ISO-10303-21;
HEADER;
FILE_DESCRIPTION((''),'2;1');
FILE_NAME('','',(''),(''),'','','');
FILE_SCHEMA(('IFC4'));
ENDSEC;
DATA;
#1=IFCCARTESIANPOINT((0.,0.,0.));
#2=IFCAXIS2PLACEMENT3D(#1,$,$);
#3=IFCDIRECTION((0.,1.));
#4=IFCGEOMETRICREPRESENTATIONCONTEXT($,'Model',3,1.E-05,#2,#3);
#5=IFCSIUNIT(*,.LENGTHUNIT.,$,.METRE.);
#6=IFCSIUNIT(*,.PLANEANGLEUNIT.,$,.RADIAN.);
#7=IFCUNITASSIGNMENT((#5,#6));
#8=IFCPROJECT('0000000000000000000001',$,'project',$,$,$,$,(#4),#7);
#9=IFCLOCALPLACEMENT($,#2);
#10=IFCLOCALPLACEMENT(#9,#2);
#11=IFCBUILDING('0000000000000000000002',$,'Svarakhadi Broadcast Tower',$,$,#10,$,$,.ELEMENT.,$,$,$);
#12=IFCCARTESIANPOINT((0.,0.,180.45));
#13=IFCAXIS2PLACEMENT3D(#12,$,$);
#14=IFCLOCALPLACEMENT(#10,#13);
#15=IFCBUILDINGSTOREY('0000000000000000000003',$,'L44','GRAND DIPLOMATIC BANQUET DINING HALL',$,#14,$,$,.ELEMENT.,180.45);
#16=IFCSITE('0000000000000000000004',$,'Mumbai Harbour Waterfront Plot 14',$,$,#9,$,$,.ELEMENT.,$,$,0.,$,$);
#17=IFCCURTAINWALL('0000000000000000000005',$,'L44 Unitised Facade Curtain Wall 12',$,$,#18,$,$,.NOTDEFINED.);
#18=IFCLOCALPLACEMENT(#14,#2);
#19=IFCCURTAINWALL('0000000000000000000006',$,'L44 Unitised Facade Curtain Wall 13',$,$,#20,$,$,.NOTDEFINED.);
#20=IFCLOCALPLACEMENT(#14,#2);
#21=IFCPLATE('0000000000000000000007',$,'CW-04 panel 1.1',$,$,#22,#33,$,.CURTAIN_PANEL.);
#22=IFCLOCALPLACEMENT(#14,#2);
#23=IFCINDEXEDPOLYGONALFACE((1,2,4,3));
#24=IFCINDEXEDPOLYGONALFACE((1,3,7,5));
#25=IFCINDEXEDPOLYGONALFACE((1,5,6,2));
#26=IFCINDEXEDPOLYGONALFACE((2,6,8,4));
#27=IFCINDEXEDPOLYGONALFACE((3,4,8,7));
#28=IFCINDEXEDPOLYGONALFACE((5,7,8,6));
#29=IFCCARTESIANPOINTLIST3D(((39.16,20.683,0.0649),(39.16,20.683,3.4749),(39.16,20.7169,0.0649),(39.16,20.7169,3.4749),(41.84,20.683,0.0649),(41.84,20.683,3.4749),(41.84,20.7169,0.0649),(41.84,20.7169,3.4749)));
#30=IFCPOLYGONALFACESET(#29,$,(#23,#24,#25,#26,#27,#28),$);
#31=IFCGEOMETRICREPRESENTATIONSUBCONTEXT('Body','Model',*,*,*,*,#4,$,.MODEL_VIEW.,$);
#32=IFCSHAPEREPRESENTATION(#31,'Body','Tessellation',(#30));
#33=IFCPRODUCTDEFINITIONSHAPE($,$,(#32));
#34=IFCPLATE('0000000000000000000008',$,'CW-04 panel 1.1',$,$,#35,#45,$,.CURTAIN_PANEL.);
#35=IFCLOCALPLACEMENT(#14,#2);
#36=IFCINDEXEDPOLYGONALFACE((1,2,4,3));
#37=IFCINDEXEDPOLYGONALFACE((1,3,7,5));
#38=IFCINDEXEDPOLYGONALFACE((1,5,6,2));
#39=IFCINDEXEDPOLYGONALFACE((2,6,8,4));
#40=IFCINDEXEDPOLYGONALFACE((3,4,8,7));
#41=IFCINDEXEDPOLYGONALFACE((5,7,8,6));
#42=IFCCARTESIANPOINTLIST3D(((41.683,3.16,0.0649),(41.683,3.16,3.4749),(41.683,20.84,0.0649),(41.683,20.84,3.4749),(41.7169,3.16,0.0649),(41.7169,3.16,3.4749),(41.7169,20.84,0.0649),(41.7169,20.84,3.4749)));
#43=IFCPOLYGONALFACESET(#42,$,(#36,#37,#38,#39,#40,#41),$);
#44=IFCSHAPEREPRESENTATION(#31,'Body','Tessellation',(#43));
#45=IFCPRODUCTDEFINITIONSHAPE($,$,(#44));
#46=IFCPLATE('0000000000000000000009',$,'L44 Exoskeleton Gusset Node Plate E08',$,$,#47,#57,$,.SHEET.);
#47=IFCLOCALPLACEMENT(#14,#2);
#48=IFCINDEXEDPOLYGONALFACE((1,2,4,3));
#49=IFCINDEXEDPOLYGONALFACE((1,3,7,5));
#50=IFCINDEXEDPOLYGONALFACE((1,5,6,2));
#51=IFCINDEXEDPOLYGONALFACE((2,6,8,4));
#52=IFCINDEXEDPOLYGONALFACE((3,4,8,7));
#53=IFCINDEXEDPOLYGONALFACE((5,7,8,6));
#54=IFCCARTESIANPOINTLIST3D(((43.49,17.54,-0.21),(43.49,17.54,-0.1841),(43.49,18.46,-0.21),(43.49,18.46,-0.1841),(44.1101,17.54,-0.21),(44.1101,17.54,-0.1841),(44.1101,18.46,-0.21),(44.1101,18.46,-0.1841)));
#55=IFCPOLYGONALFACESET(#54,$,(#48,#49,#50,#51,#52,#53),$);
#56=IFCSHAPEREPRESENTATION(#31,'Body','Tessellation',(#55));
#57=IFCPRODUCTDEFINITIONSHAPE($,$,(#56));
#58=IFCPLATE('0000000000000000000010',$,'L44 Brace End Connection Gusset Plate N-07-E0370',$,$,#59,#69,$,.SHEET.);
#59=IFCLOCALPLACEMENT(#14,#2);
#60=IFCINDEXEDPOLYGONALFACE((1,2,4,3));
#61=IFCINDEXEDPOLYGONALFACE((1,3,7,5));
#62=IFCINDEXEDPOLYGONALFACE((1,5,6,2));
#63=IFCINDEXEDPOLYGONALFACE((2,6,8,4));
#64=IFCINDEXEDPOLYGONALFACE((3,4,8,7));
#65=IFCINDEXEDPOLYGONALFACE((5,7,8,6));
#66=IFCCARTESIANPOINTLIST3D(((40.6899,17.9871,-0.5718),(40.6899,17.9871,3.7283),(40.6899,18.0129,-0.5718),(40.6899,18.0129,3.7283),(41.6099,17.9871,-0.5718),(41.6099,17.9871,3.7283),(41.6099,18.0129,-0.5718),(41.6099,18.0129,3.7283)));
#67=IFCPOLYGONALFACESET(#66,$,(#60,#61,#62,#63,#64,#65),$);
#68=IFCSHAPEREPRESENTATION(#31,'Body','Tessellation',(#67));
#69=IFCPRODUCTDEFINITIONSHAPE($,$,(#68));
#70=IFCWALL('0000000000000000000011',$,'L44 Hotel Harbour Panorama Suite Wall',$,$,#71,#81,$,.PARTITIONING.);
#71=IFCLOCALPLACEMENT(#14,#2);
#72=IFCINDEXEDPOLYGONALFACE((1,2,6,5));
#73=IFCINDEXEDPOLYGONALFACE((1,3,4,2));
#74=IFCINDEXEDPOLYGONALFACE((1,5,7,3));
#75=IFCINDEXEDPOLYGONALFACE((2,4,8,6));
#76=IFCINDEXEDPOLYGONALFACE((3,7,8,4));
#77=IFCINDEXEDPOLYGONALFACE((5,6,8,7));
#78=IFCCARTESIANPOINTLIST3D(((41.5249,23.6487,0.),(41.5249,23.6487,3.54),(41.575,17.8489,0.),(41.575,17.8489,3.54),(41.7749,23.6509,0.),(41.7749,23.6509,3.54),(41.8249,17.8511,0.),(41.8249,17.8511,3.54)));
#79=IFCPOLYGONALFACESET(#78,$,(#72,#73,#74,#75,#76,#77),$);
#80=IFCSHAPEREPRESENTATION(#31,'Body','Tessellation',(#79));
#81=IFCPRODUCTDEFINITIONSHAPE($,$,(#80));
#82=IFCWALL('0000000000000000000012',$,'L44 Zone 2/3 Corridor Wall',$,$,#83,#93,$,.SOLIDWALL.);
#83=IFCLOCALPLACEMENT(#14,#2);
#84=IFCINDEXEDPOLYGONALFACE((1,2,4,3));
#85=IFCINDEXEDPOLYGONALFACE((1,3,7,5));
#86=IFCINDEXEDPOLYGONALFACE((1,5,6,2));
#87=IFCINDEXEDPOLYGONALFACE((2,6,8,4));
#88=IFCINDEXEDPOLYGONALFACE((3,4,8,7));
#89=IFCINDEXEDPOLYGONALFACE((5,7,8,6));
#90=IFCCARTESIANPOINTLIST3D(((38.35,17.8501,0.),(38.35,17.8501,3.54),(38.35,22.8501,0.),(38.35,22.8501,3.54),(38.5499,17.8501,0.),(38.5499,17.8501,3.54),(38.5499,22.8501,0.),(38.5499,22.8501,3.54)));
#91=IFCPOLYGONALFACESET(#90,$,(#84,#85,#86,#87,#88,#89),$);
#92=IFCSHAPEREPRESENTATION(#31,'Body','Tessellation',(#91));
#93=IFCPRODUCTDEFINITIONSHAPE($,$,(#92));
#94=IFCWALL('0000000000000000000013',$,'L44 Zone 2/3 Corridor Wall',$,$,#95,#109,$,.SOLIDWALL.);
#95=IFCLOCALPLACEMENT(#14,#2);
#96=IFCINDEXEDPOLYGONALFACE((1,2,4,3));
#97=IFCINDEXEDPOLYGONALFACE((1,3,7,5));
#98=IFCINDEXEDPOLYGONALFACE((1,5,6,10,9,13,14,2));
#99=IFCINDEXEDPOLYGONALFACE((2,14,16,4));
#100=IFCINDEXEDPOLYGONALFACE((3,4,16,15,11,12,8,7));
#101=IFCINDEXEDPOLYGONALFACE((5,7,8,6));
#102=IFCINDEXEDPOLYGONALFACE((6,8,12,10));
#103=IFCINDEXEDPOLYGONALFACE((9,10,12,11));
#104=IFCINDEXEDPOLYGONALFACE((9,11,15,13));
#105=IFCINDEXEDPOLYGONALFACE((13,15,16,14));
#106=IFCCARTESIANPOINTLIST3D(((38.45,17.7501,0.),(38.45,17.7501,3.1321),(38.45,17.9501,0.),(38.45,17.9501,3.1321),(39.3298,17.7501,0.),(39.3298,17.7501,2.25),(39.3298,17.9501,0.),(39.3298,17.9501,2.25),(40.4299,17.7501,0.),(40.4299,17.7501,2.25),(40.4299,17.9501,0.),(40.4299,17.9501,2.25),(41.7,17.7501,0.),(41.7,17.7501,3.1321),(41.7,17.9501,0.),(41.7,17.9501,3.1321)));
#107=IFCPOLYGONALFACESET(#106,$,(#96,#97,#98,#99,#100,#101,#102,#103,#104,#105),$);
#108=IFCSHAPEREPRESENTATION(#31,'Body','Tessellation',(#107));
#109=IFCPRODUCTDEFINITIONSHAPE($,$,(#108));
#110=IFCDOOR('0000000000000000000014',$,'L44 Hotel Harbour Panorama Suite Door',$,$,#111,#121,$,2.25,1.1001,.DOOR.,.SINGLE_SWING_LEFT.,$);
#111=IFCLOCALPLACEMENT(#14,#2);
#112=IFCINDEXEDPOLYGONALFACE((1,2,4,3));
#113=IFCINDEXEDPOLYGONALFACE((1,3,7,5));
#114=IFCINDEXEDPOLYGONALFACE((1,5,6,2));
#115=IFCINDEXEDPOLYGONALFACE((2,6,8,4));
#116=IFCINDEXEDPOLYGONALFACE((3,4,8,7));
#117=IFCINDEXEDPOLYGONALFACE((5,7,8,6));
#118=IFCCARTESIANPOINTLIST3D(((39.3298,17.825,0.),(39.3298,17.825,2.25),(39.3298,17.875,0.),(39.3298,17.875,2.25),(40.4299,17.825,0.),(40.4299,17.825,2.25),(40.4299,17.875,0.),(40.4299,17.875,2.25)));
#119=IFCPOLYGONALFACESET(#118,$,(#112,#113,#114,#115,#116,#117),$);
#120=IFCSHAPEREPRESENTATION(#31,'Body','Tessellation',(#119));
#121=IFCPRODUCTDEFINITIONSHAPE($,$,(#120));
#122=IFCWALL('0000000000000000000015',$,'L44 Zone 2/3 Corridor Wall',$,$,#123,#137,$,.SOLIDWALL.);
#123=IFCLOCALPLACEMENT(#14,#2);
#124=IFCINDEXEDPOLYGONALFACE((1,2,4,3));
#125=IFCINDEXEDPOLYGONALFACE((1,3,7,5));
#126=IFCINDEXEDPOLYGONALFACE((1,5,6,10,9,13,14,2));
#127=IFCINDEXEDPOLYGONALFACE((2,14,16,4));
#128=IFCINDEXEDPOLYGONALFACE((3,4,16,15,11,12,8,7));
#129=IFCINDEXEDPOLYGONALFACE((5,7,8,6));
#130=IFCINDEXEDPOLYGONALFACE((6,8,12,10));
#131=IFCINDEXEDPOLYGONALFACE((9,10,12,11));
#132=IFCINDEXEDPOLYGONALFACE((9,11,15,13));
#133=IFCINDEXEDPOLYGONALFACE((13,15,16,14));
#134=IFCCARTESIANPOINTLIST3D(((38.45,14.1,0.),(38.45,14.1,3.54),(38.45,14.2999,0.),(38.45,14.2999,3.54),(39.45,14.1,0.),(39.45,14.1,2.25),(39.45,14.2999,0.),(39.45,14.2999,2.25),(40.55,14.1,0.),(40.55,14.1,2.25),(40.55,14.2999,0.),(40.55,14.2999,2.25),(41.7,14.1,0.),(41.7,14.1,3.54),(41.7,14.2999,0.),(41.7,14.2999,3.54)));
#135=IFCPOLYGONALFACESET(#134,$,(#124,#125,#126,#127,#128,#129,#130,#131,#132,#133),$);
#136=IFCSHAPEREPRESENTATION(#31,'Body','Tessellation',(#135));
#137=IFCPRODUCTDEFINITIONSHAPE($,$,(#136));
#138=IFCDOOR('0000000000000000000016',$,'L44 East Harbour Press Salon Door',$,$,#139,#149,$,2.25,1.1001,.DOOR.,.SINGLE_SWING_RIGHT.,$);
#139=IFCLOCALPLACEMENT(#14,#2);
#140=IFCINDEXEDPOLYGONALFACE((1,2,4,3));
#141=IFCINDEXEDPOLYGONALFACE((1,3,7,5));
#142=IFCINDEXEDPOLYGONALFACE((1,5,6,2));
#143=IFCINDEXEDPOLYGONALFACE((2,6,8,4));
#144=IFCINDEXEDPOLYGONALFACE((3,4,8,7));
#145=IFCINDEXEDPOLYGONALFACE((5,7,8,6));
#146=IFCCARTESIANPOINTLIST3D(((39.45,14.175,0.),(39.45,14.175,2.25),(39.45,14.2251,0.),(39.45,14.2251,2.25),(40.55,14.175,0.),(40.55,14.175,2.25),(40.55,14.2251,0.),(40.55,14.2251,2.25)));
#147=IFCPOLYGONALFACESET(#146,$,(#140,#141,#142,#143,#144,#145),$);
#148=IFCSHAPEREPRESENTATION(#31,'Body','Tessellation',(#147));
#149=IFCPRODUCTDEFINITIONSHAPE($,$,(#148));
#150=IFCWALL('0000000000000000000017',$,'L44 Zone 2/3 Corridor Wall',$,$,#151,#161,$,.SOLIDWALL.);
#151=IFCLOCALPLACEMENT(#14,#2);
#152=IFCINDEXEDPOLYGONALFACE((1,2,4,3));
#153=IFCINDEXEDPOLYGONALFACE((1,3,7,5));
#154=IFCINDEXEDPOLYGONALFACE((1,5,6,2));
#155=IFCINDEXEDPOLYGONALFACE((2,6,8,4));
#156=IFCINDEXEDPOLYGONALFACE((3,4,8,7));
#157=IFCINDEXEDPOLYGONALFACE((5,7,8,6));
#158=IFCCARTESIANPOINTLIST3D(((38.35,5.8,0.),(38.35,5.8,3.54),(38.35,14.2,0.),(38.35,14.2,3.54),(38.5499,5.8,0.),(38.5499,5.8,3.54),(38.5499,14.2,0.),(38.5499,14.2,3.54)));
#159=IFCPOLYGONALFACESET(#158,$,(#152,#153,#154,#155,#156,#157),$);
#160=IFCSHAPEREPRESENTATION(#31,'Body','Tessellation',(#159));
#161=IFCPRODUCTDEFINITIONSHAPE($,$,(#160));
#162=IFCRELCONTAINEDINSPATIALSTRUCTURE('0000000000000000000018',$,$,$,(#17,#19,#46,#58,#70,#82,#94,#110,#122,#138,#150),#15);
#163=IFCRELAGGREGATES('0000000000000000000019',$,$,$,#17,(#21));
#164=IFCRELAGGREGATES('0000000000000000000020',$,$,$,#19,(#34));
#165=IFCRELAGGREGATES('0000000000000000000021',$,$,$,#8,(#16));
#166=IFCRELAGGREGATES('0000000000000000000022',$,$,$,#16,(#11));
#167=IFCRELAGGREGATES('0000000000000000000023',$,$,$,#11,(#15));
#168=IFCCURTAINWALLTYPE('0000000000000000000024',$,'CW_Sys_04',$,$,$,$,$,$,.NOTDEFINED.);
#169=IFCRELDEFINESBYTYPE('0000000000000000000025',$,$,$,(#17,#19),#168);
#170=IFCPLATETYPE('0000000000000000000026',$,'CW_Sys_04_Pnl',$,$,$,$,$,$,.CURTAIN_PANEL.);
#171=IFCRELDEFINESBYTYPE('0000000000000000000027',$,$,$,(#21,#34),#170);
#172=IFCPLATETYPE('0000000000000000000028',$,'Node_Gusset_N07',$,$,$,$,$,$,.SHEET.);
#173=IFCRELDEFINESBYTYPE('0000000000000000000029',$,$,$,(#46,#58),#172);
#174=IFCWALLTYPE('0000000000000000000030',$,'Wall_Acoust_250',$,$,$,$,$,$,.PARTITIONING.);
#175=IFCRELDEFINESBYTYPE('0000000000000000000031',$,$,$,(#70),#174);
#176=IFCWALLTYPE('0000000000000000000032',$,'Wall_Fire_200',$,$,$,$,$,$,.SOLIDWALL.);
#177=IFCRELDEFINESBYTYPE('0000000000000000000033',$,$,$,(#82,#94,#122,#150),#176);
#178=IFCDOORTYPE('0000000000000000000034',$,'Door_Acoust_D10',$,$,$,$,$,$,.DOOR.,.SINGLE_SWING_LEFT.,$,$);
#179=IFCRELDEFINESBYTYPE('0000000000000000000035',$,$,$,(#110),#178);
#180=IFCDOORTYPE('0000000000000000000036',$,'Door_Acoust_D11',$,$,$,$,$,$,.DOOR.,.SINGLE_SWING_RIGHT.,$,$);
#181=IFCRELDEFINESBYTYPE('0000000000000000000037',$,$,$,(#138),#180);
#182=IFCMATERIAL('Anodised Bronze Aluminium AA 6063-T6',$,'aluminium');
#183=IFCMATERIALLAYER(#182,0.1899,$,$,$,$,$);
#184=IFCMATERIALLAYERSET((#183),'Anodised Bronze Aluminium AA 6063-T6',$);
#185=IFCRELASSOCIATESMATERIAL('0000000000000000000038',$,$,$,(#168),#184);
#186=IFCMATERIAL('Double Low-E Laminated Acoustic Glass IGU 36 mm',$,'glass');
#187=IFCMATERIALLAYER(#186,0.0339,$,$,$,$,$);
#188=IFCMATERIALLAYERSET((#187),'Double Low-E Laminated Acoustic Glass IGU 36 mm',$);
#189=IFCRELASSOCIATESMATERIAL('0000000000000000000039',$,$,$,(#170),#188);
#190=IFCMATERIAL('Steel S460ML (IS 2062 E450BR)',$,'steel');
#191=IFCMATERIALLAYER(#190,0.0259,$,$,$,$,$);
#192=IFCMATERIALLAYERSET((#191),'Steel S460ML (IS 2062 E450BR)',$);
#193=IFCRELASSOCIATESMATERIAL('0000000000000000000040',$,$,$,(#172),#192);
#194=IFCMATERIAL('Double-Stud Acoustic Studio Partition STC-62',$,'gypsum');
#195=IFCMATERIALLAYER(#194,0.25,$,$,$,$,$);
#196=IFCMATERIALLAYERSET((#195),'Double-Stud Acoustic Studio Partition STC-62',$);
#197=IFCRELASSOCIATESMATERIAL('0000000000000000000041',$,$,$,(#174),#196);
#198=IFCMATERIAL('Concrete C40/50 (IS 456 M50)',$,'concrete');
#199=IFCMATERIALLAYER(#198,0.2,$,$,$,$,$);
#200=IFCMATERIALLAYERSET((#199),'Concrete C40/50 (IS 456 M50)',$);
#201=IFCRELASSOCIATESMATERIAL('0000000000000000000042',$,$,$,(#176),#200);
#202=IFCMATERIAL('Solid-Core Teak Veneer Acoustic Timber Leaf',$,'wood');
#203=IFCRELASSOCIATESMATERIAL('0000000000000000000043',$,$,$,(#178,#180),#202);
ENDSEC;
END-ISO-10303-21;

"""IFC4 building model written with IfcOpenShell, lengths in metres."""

from ifc_helpers import new_model, si_unit, direction, frame, frame_2d, origin, origin_2d, place, context, subcontext, project, spatial, rectangle, extrude, material, layer, layer_set, type_object, element, fill, aggregate, save


model = new_model("IFC4")

# Units and contexts
model_context = context("Model", 3, precision=1e-05, world=origin(), true_north=direction((0.0, 1.0)))
body_context = subcontext(model_context, "Body", "Model", "MODEL_VIEW")
ifc_project = project(units=[si_unit("LENGTHUNIT", "METRE"), si_unit("PLANEANGLEUNIT", "RADIAN")], contexts=[model_context])

# Site, building, storey
site_placement = place(None, origin())
site = spatial("IfcSite", under=ifc_project, at=site_placement, Name="Mumbai Harbour Waterfront Plot 14", CompositionType="ELEMENT", RefElevation=0.0)
building_placement = place(site_placement, origin())
building = spatial("IfcBuilding", under=site, at=building_placement, Name="Svarakhadi Broadcast Tower", CompositionType="ELEMENT")
storey_placement = place(building_placement, frame((0.0, 0.0, 180.45)))
storey = spatial("IfcBuildingStorey", under=building, at=storey_placement, Name="L44", Description="GRAND DIPLOMATIC BANQUET DINING HALL", CompositionType="ELEMENT", Elevation=180.45)

# Shared definitions
ifc_material_1 = material(Name="Steel S460ML (IS 2062 E450BR)", Category="steel")

# Shared definitions
ifc_material_2 = material(Name="Anodised Bronze Aluminium AA 6063-T6", Category="aluminium")
ifc_layer_1 = layer(ifc_material_2, 0.1899)
ifc_layer_set_1 = layer_set([ifc_layer_1], Name="Anodised Bronze Aluminium AA 6063-T6")
curtain_wall_type = type_object("IfcCurtainWallType", Name="CW_Sys_04", PredefinedType="NOTDEFINED", material=ifc_layer_set_1)

# Curtain wall
curtain_wall_1_placement = place(storey_placement, origin())
curtain_wall_1 = element("IfcCurtainWall", 1, at=curtain_wall_1_placement, inside=storey, type_object=curtain_wall_type, Name="L44 Unitised Facade Curtain Wall 12", PredefinedType="NOTDEFINED")

# Curtain wall
curtain_wall_2_placement = place(storey_placement, origin())
curtain_wall_2 = element("IfcCurtainWall", 2, at=curtain_wall_2_placement, inside=storey, type_object=curtain_wall_type, Name="L44 Unitised Facade Curtain Wall 13", PredefinedType="NOTDEFINED")

# Plates
ifc_material_3 = material(Name="Double Low-E Laminated Acoustic Glass IGU 36 mm", Category="glass")
ifc_layer_2 = layer(ifc_material_3, 0.0339)
ifc_layer_set_2 = layer_set([ifc_layer_2], Name="Double Low-E Laminated Acoustic Glass IGU 36 mm")
plate_type_1 = type_object("IfcPlateType", Name="CW_Sys_04_Pnl", PredefinedType="CURTAIN_PANEL", material=ifc_layer_set_2)
plate_1_placement = place(storey_placement, frame((40.5, 20.7, 0.0649), z_axis=(0.0, 0.0, 1.0), x_axis=(1.0, 0.0, 0.0)))
plate_1 = element("IfcPlate", 3, at=plate_1_placement, type_object=plate_type_1, Name="CW-04 panel 1.1", PredefinedType="CURTAIN_PANEL", context=body_context, shape_type="SweptSolid", body=[
    extrude(rectangle(XDim=2.6799, YDim=0.0339, at=origin_2d()), origin(), (0.0, 0.0, 1.0), 3.4099),
])
aggregate(curtain_wall_1, [plate_1])
plate_2_placement = place(storey_placement, frame((41.7, 12.0, 0.0649), z_axis=(0.0, 0.0, 1.0), x_axis=(0.0, -1.0, 0.0)))
plate_2 = element("IfcPlate", 4, at=plate_2_placement, type_object=plate_type_1, Name="CW-04 panel 1.1", PredefinedType="CURTAIN_PANEL", context=body_context, shape_type="SweptSolid", body=[
    extrude(rectangle(XDim=17.6799, YDim=0.0339, at=origin_2d()), origin(), (0.0, 0.0, 1.0), 3.4099),
])
aggregate(curtain_wall_2, [plate_2])

# Plates
ifc_layer_3 = layer(ifc_material_1, 0.0259)
ifc_layer_set_3 = layer_set([ifc_layer_3], Name="Steel S460ML (IS 2062 E450BR)")
plate_type_2 = type_object("IfcPlateType", Name="Node_Gusset_N07", PredefinedType="SHEET", material=ifc_layer_set_3)
plate_3_placement = place(storey_placement, frame((43.8, 18.0, -0.21), z_axis=(0.0, 0.0, 1.0), x_axis=(0.0, 1.0, 0.0)))
element("IfcPlate", 5, at=plate_3_placement, inside=storey, type_object=plate_type_2, Name="L44 Exoskeleton Gusset Node Plate E08", PredefinedType="SHEET", context=body_context, shape_type="SweptSolid", body=[
    extrude(rectangle(XDim=0.9199, YDim=0.6201, at=origin_2d()), origin(), (0.0, 0.0, 1.0), 0.0259),
])
plate_4_placement = place(storey_placement, frame((41.1499, 18.0, -0.5718), z_axis=(0.0, 0.0, 1.0), x_axis=(1.0, 0.0, 0.0)))
element("IfcPlate", 6, at=plate_4_placement, inside=storey, type_object=plate_type_2, Name="L44 Brace End Connection Gusset Plate N-07-E0370", PredefinedType="SHEET", context=body_context, shape_type="SweptSolid", body=[
    extrude(rectangle(XDim=0.9199, YDim=0.0259, at=origin_2d()), origin(), (0.0, 0.0, 1.0), 4.3),
])

# Walls
ifc_material_4 = material(Name="Double-Stud Acoustic Studio Partition STC-62", Category="gypsum")
ifc_layer_4 = layer(ifc_material_4, 0.25)
ifc_layer_set_4 = layer_set([ifc_layer_4], Name="Double-Stud Acoustic Studio Partition STC-62")
wall_type_1 = type_object("IfcWallType", Name="Wall_Acoust_250", PredefinedType="PARTITIONING", material=ifc_layer_set_4)
wall_1_placement = place(storey_placement, frame((41.7, 17.8501, 0.0), z_axis=(0.0, 0.0, 1.0), x_axis=(-0.008629, 0.999963, 0.0)))
element("IfcWall", 7, at=wall_1_placement, inside=storey, type_object=wall_type_1, Name="L44 Hotel Harbour Panorama Suite Wall", PredefinedType="PARTITIONING", context=body_context, shape_type="SweptSolid", body=[
    extrude(rectangle(XDim=5.8, YDim=0.25, at=frame_2d((2.8999, 0.0))), origin(), (0.0, 0.0, 1.0), 3.54),
])
ifc_material_5 = material(Name="Concrete C40/50 (IS 456 M50)", Category="concrete")
ifc_layer_5 = layer(ifc_material_5, 0.2)
ifc_layer_set_5 = layer_set([ifc_layer_5], Name="Concrete C40/50 (IS 456 M50)")
wall_type_2 = type_object("IfcWallType", Name="Wall_Fire_200", PredefinedType="SOLIDWALL", material=ifc_layer_set_5)
wall_2_placement = place(storey_placement, frame((38.45, 22.8501, 0.0), z_axis=(0.0, 0.0, 1.0), x_axis=(0.0, -1.0, 0.0)))
element("IfcWall", 8, at=wall_2_placement, inside=storey, type_object=wall_type_2, Name="L44 Zone 2/3 Corridor Wall", PredefinedType="SOLIDWALL", context=body_context, shape_type="SweptSolid", body=[
    extrude(rectangle(XDim=5.0, YDim=0.2, at=frame_2d((2.5, 0.0))), origin(), (0.0, 0.0, 1.0), 3.54),
])

# Walls, openings, doors
wall_3_placement = place(storey_placement, frame((38.45, 17.8501, 0.0), z_axis=(0.0, 0.0, 1.0), x_axis=(1.0, 0.0, 0.0)))
wall_3 = element("IfcWall", 9, at=wall_3_placement, inside=storey, type_object=wall_type_2, Name="L44 Zone 2/3 Corridor Wall", PredefinedType="SOLIDWALL", context=body_context, shape_type="SweptSolid", body=[
    extrude(rectangle(XDim=3.25, YDim=0.2, at=frame_2d((1.625, 0.0))), origin(), (0.0, 0.0, 1.0), 3.1321),
])
opening_1_placement = place(wall_3_placement, frame((0.8799, 0.0, 0.0)))
opening_1 = element("IfcOpeningElement", 10, at=opening_1_placement, cuts=wall_3, PredefinedType="OPENING", context=body_context, shape_type="SweptSolid", body=[
    extrude(rectangle(XDim=1.1001, YDim=2.25, at=frame_2d((0.55, 1.125))), frame((0.0, 0.1099, 0.0), z_axis=(0.0, -1.0, 0.0), x_axis=(1.0, 0.0, 0.0)), (0.0, 0.0, 1.0), 0.22),
])
ifc_material_6 = material(Name="Solid-Core Teak Veneer Acoustic Timber Leaf", Category="wood")
door_type_1 = type_object("IfcDoorType", Name="Door_Acoust_D10", OperationType="SINGLE_SWING_LEFT", PredefinedType="DOOR", material=ifc_material_6)
door_1_placement = place(opening_1_placement, origin())
door_1 = element("IfcDoor", 11, at=door_1_placement, inside=storey, type_object=door_type_1, Name="L44 Hotel Harbour Panorama Suite Door", OperationType="SINGLE_SWING_LEFT", OverallHeight=2.25, OverallWidth=1.1001, PredefinedType="DOOR", context=body_context, shape_type="SweptSolid", body=[
    extrude(rectangle(XDim=1.1001, YDim=2.25, at=frame_2d((0.55, 1.125))), frame((0.0, 0.0249, 0.0), z_axis=(0.0, -1.0, 0.0), x_axis=(1.0, 0.0, 0.0)), (0.0, 0.0, 1.0), 0.05),
])
fill(opening_1, door_1)
wall_4_placement = place(storey_placement, frame((41.7, 14.2, 0.0), z_axis=(0.0, 0.0, 1.0), x_axis=(-1.0, 0.0, 0.0)))
wall_4 = element("IfcWall", 12, at=wall_4_placement, inside=storey, type_object=wall_type_2, Name="L44 Zone 2/3 Corridor Wall", PredefinedType="SOLIDWALL", context=body_context, shape_type="SweptSolid", body=[
    extrude(rectangle(XDim=3.25, YDim=0.2, at=frame_2d((1.625, 0.0))), origin(), (0.0, 0.0, 1.0), 3.54),
])
opening_2_placement = place(wall_4_placement, frame((1.1499, 0.0, 0.0)))
opening_2 = element("IfcOpeningElement", 13, at=opening_2_placement, cuts=wall_4, PredefinedType="OPENING", context=body_context, shape_type="SweptSolid", body=[
    extrude(rectangle(XDim=1.1001, YDim=2.25, at=frame_2d((0.55, 1.125))), frame((0.0, 0.1099, 0.0), z_axis=(0.0, -1.0, 0.0), x_axis=(1.0, 0.0, 0.0)), (0.0, 0.0, 1.0), 0.22),
])
door_type_2 = type_object("IfcDoorType", Name="Door_Acoust_D11", OperationType="SINGLE_SWING_RIGHT", PredefinedType="DOOR", material=ifc_material_6)
door_2_placement = place(opening_2_placement, origin())
door_2 = element("IfcDoor", 14, at=door_2_placement, inside=storey, type_object=door_type_2, Name="L44 East Harbour Press Salon Door", OperationType="SINGLE_SWING_RIGHT", OverallHeight=2.25, OverallWidth=1.1001, PredefinedType="DOOR", context=body_context, shape_type="SweptSolid", body=[
    extrude(rectangle(XDim=1.1001, YDim=2.25, at=frame_2d((0.55, 1.125))), frame((0.0, 0.0249, 0.0), z_axis=(0.0, -1.0, 0.0), x_axis=(1.0, 0.0, 0.0)), (0.0, 0.0, 1.0), 0.05),
])
fill(opening_2, door_2)

# Wall
wall_5_placement = place(storey_placement, frame((38.45, 14.2, 0.0), z_axis=(0.0, 0.0, 1.0), x_axis=(0.0, -1.0, 0.0)))
element("IfcWall", 15, at=wall_5_placement, inside=storey, type_object=wall_type_2, Name="L44 Zone 2/3 Corridor Wall", PredefinedType="SOLIDWALL", context=body_context, shape_type="SweptSolid", body=[
    extrude(rectangle(XDim=8.3999, YDim=0.2, at=frame_2d((4.2, 0.0))), origin(), (0.0, 0.0, 1.0), 3.54),
])

save(model, "model.ifc")
